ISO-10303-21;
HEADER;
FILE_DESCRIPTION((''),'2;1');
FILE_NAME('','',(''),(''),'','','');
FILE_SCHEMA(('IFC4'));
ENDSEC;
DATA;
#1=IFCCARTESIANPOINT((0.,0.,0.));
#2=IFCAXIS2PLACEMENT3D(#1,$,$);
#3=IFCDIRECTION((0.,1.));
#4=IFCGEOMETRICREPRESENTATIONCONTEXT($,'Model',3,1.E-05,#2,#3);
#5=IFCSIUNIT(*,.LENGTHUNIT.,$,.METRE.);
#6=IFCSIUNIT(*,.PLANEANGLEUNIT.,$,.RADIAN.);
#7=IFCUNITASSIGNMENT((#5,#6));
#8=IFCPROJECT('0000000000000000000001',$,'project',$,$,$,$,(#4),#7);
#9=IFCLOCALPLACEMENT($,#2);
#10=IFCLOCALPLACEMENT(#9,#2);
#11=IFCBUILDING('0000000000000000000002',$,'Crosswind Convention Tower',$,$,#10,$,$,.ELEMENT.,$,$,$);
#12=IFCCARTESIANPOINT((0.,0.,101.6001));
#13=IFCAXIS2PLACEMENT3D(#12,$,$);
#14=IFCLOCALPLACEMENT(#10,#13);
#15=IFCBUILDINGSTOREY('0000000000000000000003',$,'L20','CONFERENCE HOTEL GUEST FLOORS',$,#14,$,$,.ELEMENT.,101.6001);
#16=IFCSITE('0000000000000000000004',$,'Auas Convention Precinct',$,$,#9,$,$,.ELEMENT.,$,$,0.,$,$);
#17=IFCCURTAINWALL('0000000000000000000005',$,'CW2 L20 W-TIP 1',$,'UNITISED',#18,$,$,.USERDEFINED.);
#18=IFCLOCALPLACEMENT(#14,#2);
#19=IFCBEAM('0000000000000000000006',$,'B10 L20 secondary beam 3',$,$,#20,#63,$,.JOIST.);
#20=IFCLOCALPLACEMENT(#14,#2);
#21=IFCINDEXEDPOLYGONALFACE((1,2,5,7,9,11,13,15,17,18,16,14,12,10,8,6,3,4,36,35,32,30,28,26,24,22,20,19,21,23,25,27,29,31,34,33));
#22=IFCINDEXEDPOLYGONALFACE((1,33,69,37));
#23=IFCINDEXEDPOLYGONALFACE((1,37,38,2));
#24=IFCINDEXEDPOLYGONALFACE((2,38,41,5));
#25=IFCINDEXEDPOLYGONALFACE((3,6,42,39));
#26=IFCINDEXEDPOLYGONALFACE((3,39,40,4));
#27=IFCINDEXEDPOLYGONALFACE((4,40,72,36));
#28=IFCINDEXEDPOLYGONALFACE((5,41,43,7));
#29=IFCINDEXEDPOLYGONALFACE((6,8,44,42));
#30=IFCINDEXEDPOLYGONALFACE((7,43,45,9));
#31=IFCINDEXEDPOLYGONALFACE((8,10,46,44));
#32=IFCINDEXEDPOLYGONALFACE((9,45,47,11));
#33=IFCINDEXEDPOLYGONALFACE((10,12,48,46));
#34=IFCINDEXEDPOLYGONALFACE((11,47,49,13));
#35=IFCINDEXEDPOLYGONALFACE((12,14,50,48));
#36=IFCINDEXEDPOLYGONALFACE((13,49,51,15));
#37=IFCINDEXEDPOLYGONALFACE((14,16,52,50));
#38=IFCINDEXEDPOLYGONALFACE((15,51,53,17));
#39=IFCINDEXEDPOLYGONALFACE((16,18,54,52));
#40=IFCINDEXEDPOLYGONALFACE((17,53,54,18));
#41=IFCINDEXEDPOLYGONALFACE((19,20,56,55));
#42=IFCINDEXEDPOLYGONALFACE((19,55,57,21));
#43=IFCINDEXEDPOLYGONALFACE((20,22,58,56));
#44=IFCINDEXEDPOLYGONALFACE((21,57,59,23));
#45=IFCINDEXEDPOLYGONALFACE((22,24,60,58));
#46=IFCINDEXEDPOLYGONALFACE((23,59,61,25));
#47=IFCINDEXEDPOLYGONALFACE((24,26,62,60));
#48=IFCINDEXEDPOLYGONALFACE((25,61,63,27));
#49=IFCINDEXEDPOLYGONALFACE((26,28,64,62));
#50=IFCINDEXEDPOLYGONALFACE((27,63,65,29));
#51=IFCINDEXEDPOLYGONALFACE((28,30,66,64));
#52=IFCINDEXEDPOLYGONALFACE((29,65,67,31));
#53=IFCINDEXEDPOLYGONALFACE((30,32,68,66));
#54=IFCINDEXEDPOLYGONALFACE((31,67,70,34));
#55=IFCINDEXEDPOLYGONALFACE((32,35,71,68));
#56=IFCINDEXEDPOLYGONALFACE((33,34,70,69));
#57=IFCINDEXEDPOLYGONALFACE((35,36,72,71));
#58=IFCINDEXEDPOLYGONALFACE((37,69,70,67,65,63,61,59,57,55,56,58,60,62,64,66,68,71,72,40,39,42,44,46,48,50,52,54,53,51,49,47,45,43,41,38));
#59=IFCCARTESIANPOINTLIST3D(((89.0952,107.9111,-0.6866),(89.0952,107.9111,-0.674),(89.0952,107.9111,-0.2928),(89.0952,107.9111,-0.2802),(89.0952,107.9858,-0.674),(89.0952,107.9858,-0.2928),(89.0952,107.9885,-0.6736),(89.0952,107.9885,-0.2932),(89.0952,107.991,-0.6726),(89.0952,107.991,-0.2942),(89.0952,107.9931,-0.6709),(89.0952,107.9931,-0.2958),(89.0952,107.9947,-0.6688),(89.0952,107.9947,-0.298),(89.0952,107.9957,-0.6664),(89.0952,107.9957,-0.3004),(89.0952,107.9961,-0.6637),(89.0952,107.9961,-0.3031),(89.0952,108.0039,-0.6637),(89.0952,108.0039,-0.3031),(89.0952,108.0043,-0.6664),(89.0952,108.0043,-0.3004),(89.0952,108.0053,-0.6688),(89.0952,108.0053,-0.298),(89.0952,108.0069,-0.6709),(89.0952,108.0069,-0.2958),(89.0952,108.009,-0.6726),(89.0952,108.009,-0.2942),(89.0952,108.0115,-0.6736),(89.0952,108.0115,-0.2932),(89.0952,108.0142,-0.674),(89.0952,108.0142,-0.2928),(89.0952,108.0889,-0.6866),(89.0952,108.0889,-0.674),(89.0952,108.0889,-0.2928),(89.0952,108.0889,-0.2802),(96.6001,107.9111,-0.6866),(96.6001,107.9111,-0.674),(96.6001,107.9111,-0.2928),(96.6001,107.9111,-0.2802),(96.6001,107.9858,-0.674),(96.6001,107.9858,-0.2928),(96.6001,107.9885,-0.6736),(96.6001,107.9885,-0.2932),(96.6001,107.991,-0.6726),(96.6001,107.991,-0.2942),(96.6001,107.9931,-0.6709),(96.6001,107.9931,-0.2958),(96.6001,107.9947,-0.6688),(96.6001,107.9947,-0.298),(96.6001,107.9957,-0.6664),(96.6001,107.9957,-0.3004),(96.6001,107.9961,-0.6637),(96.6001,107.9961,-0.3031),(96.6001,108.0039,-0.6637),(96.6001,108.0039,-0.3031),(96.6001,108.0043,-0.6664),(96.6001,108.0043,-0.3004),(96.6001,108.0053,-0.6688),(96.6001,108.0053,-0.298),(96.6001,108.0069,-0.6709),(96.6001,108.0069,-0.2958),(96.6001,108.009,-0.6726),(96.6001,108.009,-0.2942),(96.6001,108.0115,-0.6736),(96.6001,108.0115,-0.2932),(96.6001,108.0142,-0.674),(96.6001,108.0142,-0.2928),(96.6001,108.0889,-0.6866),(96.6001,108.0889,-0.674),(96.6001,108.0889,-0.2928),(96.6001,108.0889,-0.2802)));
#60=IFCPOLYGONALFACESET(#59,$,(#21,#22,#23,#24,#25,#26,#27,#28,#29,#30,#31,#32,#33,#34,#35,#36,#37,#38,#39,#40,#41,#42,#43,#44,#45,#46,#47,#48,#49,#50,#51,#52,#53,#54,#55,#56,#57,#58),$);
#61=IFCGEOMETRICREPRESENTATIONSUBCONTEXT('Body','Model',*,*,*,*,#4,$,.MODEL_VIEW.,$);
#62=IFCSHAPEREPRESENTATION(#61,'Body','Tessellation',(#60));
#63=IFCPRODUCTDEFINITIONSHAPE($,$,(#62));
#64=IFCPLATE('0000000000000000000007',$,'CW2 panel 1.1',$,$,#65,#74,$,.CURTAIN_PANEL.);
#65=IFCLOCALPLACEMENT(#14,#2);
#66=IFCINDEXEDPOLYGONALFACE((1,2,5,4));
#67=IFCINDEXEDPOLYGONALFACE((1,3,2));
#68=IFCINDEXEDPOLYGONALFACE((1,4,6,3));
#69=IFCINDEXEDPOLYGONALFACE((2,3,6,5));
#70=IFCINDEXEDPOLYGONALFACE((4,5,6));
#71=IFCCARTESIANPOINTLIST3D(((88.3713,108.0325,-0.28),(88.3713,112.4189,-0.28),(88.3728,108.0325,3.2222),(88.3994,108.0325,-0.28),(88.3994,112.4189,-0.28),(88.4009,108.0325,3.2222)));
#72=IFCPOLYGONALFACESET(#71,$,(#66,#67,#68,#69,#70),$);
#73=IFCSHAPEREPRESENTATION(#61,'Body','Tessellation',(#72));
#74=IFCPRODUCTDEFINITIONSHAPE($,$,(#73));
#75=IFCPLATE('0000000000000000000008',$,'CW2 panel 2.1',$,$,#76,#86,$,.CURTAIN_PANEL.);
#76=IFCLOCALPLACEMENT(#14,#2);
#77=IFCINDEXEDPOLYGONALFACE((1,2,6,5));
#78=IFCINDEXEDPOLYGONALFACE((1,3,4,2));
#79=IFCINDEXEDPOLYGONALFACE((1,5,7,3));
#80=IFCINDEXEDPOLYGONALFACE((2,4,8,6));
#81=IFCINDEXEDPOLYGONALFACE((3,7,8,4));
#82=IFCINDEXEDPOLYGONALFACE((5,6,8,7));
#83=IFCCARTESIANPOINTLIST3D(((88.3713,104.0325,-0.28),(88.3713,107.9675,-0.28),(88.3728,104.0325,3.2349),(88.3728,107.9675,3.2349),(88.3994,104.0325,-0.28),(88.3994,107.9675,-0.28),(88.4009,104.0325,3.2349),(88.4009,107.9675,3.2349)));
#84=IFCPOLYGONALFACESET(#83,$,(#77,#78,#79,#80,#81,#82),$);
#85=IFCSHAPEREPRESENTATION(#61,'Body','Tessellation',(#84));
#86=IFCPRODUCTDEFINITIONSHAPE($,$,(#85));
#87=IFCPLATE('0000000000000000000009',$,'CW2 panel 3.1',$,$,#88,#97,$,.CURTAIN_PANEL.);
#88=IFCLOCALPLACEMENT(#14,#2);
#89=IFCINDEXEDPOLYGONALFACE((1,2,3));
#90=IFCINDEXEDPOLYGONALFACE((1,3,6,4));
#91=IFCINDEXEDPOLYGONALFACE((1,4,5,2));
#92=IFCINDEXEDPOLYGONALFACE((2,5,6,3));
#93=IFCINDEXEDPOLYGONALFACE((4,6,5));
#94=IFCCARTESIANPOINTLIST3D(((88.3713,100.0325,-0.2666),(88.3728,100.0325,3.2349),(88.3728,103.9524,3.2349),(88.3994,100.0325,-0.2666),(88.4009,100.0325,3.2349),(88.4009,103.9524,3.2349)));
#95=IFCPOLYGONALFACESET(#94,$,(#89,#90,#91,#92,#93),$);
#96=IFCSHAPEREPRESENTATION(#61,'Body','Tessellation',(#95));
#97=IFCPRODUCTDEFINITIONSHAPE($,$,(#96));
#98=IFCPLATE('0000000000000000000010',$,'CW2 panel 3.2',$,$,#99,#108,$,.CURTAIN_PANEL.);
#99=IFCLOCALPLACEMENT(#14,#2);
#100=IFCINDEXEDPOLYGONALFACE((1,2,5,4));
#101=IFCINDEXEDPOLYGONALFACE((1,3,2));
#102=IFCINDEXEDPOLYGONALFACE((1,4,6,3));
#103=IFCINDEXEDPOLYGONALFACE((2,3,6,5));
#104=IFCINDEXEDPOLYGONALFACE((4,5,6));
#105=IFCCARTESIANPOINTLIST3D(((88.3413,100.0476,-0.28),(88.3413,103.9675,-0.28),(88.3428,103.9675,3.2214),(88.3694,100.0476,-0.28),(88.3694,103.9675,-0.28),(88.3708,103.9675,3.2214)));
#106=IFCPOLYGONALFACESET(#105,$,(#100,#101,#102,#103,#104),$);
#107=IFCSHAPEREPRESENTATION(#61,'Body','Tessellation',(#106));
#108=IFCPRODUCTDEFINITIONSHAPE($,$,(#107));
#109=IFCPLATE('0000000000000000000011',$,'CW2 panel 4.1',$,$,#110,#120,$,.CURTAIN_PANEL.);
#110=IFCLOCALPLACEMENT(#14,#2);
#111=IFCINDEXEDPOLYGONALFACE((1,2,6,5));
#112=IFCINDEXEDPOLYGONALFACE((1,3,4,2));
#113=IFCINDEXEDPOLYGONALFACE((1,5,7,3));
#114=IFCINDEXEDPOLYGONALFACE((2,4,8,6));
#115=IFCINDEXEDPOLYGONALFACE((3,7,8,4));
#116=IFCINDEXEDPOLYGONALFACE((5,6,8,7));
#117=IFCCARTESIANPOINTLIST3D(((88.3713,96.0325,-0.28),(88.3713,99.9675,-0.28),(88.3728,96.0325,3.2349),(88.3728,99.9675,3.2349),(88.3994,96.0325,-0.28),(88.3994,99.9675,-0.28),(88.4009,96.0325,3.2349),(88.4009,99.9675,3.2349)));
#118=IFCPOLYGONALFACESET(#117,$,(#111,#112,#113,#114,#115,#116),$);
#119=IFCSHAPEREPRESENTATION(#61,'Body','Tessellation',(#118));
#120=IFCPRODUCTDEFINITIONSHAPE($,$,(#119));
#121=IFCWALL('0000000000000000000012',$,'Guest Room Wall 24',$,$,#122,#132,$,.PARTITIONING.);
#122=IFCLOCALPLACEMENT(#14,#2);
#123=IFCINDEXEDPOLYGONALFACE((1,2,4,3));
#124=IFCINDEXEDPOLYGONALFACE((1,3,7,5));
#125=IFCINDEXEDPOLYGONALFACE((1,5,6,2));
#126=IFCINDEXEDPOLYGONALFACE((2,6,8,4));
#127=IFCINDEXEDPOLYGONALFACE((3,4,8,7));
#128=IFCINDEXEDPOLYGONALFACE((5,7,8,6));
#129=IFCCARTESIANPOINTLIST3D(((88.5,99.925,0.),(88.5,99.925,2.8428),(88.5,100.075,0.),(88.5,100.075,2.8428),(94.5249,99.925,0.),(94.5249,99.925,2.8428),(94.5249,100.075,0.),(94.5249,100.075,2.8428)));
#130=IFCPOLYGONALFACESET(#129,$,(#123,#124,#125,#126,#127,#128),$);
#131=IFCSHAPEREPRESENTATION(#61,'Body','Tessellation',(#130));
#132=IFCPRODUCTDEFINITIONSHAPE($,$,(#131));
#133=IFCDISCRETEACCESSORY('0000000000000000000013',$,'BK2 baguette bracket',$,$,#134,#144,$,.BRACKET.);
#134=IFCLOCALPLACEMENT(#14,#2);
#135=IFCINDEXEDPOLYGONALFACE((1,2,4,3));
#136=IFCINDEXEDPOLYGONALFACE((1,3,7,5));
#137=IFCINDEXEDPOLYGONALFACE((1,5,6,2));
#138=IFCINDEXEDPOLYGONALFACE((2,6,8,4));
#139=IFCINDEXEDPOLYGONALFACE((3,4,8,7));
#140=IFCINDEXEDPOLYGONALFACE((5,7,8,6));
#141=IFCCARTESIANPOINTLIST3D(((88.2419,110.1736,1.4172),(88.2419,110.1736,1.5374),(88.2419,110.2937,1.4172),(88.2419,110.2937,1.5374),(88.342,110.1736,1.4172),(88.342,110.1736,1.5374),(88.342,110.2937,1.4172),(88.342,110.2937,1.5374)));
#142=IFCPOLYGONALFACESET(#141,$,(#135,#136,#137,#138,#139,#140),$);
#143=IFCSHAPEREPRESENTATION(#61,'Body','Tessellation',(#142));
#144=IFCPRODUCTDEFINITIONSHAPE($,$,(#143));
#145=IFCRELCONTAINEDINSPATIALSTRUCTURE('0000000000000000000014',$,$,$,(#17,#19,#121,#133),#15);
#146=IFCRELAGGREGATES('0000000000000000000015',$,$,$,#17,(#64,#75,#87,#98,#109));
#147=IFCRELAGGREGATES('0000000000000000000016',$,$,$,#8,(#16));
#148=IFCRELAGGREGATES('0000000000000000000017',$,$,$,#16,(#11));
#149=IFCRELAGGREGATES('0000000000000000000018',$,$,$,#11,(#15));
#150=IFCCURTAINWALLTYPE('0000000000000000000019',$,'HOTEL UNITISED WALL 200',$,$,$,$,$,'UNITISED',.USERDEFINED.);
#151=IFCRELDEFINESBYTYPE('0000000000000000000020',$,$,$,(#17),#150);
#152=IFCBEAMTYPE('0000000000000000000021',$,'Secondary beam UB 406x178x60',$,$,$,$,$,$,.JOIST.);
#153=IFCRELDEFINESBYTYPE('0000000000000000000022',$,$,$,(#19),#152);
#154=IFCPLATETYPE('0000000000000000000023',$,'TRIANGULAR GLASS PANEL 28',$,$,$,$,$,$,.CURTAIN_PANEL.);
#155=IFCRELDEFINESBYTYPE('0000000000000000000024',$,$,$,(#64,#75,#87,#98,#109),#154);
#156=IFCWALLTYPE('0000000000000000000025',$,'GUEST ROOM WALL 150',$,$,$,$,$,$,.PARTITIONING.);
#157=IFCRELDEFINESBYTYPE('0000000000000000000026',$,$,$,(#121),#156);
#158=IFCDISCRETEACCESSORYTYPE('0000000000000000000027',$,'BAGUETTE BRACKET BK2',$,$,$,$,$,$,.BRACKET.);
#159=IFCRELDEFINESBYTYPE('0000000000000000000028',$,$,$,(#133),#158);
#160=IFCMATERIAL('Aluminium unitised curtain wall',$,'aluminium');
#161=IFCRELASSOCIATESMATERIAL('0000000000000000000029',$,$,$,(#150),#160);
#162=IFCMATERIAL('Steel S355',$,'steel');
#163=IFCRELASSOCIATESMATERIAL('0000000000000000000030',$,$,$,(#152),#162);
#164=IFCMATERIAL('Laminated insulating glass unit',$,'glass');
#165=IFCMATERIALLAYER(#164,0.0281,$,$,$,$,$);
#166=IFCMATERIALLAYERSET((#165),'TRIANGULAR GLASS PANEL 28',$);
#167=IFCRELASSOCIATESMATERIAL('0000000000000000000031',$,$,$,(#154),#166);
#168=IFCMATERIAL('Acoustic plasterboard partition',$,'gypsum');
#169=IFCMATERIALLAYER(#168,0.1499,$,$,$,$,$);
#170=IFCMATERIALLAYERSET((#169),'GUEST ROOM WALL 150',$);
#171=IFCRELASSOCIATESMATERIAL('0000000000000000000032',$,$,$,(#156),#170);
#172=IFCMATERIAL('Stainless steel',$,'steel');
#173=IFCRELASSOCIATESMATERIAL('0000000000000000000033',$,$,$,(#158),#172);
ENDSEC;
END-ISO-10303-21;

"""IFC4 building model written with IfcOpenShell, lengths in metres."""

from ifc_helpers import new_model, si_unit, direction, frame, frame_2d, origin, origin_2d, place, context, subcontext, project, spatial, polyline, rectangle, i_section, outline, extrude, material, layer, layer_set, material_profile, profile_set, type_object, element, aggregate, save


model = new_model("IFC4")

# Units and contexts
model_context = context("Model", 3, precision=1e-05, world=origin(), true_north=direction((0.0, 1.0)))
body_context = subcontext(model_context, "Body", "Model", "MODEL_VIEW")
ifc_project = project(units=[si_unit("LENGTHUNIT", "METRE"), si_unit("PLANEANGLEUNIT", "RADIAN")], contexts=[model_context])

# Site, building, storey
site_placement = place(None, origin())
site = spatial("IfcSite", under=ifc_project, at=site_placement, Name="Auas Convention Precinct", CompositionType="ELEMENT", RefElevation=0.0)
building_placement = place(site_placement, origin())
building = spatial("IfcBuilding", under=site, at=building_placement, Name="Crosswind Convention Tower", CompositionType="ELEMENT")
storey_placement = place(building_placement, frame((0.0, 0.0, 101.6001)))
storey = spatial("IfcBuildingStorey", under=building, at=storey_placement, Name="L20", Description="CONFERENCE HOTEL GUEST FLOORS", CompositionType="ELEMENT", Elevation=101.6001)

# Shared definitions
ifc_material_1 = material(Name="Steel S355", Category="steel")

# Curtain wall
ifc_material_2 = material(Name="Aluminium unitised curtain wall", Category="aluminium")
curtain_wall_type = type_object("IfcCurtainWallType", Name="HOTEL UNITISED WALL 200", ElementType="UNITISED", PredefinedType="USERDEFINED", material=ifc_material_2)
curtain_wall_placement = place(storey_placement, origin())
curtain_wall = element("IfcCurtainWall", 1, at=curtain_wall_placement, inside=storey, type_object=curtain_wall_type, Name="CW2 L20 W-TIP 1", ObjectType="UNITISED", PredefinedType="USERDEFINED")

# Beam
ifc_material_profile_1 = material_profile(ifc_material_1, i_section(OverallWidth=0.1777, OverallDepth=0.4065, WebThickness=0.0078, FlangeThickness=0.0127, FilletRadius=0.0103, at=origin_2d()), Name="UB 406x178x60")
ifc_profile_set_1 = profile_set([ifc_material_profile_1], Name="Steel S355")
beam_type_1 = type_object("IfcBeamType", Name="Secondary beam UB 406x178x60", PredefinedType="JOIST", material=ifc_profile_set_1)
for number, where, z_axis, x_axis, name in (
    (2, (89.0952, 108.0, -0.4834), (1.0, 0.0, 0.0), (0.0, 1.0, 0.0), "B10 L20 secondary beam 3"),
):
    element("IfcBeam", number, at=place(storey_placement, frame(where, z_axis=z_axis, x_axis=x_axis)), inside=storey, type_object=beam_type_1, Name=name, PredefinedType="JOIST", context=body_context, shape_type="SweptSolid", body=[
        extrude(i_section(OverallWidth=0.1777, OverallDepth=0.4065, WebThickness=0.0078, FlangeThickness=0.0127, FilletRadius=0.0103, at=origin_2d()), origin(), (0.0, 0.0, 1.0), 7.5049),
    ])

# Plates
ifc_material_3 = material(Name="Laminated insulating glass unit", Category="glass")
ifc_layer_1 = layer(ifc_material_3, 0.0281)
ifc_layer_set_1 = layer_set([ifc_layer_1], Name="TRIANGULAR GLASS PANEL 28")
plate_type = type_object("IfcPlateType", Name="TRIANGULAR GLASS PANEL 28", PredefinedType="CURTAIN_PANEL", material=ifc_layer_set_1)
plate_1_placement = place(storey_placement, frame((88.3713, 108.0325, -0.28), z_axis=(-1.0, 0.0, 0.000418), x_axis=(0.000418, 0.0, 1.0)))
plate_1 = element("IfcPlate", 3, at=plate_1_placement, type_object=plate_type, Name="CW2 panel 1.1", PredefinedType="CURTAIN_PANEL", context=body_context, shape_type="SweptSolid", body=[
    extrude(outline(polyline([(0.0, 0.0), (3.5022, 0.0), (0.0, 4.3865), (0.0, 0.0)])), origin(), (0.0, 0.0, -1.0), 0.0281),
])
plate_2_placement = place(storey_placement, frame((88.3713, 107.9675, -0.28), z_axis=(-1.0, 0.0, 0.000417), x_axis=(0.0, -1.0, 0.0)))
plate_2 = element("IfcPlate", 4, at=plate_2_placement, type_object=plate_type, Name="CW2 panel 2.1", PredefinedType="CURTAIN_PANEL", context=body_context, shape_type="SweptSolid", body=[
    extrude(outline(polyline([(0.0, 0.0), (3.9351, 0.0), (3.9351, 3.5149), (0.0, 3.5149), (0.0, 0.0)])), origin(), (0.0, 0.0, -1.0), 0.0281),
])
plate_3_placement = place(storey_placement, frame((88.3728, 100.0325, 3.2349), z_axis=(-1.0, 0.0, 0.000418), x_axis=(0.0, 1.0, 0.0)))
plate_3 = element("IfcPlate", 5, at=plate_3_placement, type_object=plate_type, Name="CW2 panel 3.1", PredefinedType="CURTAIN_PANEL", context=body_context, shape_type="SweptSolid", body=[
    extrude(outline(polyline([(0.0, 0.0), (3.9199, 0.0), (0.0, 3.5015), (0.0, 0.0)])), origin(), (0.0, 0.0, -1.0), 0.0281),
])
plate_4_placement = place(storey_placement, frame((88.3413, 103.9675, -0.28), z_axis=(-1.0, 0.0, 0.000418), x_axis=(0.0, -1.0, 0.0)))
plate_4 = element("IfcPlate", 6, at=plate_4_placement, type_object=plate_type, Name="CW2 panel 3.2", PredefinedType="CURTAIN_PANEL", context=body_context, shape_type="SweptSolid", body=[
    extrude(outline(polyline([(0.0, 0.0), (3.9199, 0.0), (0.0, 3.5015), (0.0, 0.0)])), origin(), (0.0, 0.0, -1.0), 0.0281),
])
plate_5_placement = place(storey_placement, frame((88.3713, 99.9675, -0.28), z_axis=(-1.0, 0.0, 0.000417), x_axis=(0.0, -1.0, 0.0)))
plate_5 = element("IfcPlate", 7, at=plate_5_placement, type_object=plate_type, Name="CW2 panel 4.1", PredefinedType="CURTAIN_PANEL", context=body_context, shape_type="SweptSolid", body=[
    extrude(outline(polyline([(0.0, 0.0), (3.9351, 0.0), (3.9351, 3.5149), (0.0, 3.5149), (0.0, 0.0)])), origin(), (0.0, 0.0, -1.0), 0.0281),
])
aggregate(curtain_wall, [plate_1, plate_2, plate_3, plate_4, plate_5])

# Wall
ifc_material_4 = material(Name="Acoustic plasterboard partition", Category="gypsum")
ifc_layer_2 = layer(ifc_material_4, 0.1499)
ifc_layer_set_2 = layer_set([ifc_layer_2], Name="GUEST ROOM WALL 150")
wall_type = type_object("IfcWallType", Name="GUEST ROOM WALL 150", PredefinedType="PARTITIONING", material=ifc_layer_set_2)
wall_placement = place(storey_placement, frame((88.5, 100.0, 0.0), z_axis=(0.0, 0.0, 1.0), x_axis=(1.0, 0.0, 0.0)))
element("IfcWall", 8, at=wall_placement, inside=storey, type_object=wall_type, Name="Guest Room Wall 24", PredefinedType="PARTITIONING", context=body_context, shape_type="SweptSolid", body=[
    extrude(rectangle(XDim=6.0249, YDim=0.1499, at=frame_2d((3.0125, 0.0))), origin(), (0.0, 0.0, 1.0), 2.8428),
])

# Discrete accessory
ifc_material_5 = material(Name="Stainless steel", Category="steel")
discrete_accessory_type = type_object("IfcDiscreteAccessoryType", Name="BAGUETTE BRACKET BK2", PredefinedType="BRACKET", material=ifc_material_5)
discrete_accessory_placement = place(storey_placement, frame((88.292, 110.2336, 1.4172), z_axis=(0.0, 0.0, 1.0), x_axis=(0.0, -1.0, 0.0)))
element("IfcDiscreteAccessory", 9, at=discrete_accessory_placement, inside=storey, type_object=discrete_accessory_type, Name="BK2 baguette bracket", PredefinedType="BRACKET", context=body_context, shape_type="SweptSolid", body=[
    extrude(rectangle(XDim=0.1201, YDim=0.1001, at=origin_2d()), origin(), (0.0, 0.0, 1.0), 0.1201),
])

save(model, "model.ifc")
